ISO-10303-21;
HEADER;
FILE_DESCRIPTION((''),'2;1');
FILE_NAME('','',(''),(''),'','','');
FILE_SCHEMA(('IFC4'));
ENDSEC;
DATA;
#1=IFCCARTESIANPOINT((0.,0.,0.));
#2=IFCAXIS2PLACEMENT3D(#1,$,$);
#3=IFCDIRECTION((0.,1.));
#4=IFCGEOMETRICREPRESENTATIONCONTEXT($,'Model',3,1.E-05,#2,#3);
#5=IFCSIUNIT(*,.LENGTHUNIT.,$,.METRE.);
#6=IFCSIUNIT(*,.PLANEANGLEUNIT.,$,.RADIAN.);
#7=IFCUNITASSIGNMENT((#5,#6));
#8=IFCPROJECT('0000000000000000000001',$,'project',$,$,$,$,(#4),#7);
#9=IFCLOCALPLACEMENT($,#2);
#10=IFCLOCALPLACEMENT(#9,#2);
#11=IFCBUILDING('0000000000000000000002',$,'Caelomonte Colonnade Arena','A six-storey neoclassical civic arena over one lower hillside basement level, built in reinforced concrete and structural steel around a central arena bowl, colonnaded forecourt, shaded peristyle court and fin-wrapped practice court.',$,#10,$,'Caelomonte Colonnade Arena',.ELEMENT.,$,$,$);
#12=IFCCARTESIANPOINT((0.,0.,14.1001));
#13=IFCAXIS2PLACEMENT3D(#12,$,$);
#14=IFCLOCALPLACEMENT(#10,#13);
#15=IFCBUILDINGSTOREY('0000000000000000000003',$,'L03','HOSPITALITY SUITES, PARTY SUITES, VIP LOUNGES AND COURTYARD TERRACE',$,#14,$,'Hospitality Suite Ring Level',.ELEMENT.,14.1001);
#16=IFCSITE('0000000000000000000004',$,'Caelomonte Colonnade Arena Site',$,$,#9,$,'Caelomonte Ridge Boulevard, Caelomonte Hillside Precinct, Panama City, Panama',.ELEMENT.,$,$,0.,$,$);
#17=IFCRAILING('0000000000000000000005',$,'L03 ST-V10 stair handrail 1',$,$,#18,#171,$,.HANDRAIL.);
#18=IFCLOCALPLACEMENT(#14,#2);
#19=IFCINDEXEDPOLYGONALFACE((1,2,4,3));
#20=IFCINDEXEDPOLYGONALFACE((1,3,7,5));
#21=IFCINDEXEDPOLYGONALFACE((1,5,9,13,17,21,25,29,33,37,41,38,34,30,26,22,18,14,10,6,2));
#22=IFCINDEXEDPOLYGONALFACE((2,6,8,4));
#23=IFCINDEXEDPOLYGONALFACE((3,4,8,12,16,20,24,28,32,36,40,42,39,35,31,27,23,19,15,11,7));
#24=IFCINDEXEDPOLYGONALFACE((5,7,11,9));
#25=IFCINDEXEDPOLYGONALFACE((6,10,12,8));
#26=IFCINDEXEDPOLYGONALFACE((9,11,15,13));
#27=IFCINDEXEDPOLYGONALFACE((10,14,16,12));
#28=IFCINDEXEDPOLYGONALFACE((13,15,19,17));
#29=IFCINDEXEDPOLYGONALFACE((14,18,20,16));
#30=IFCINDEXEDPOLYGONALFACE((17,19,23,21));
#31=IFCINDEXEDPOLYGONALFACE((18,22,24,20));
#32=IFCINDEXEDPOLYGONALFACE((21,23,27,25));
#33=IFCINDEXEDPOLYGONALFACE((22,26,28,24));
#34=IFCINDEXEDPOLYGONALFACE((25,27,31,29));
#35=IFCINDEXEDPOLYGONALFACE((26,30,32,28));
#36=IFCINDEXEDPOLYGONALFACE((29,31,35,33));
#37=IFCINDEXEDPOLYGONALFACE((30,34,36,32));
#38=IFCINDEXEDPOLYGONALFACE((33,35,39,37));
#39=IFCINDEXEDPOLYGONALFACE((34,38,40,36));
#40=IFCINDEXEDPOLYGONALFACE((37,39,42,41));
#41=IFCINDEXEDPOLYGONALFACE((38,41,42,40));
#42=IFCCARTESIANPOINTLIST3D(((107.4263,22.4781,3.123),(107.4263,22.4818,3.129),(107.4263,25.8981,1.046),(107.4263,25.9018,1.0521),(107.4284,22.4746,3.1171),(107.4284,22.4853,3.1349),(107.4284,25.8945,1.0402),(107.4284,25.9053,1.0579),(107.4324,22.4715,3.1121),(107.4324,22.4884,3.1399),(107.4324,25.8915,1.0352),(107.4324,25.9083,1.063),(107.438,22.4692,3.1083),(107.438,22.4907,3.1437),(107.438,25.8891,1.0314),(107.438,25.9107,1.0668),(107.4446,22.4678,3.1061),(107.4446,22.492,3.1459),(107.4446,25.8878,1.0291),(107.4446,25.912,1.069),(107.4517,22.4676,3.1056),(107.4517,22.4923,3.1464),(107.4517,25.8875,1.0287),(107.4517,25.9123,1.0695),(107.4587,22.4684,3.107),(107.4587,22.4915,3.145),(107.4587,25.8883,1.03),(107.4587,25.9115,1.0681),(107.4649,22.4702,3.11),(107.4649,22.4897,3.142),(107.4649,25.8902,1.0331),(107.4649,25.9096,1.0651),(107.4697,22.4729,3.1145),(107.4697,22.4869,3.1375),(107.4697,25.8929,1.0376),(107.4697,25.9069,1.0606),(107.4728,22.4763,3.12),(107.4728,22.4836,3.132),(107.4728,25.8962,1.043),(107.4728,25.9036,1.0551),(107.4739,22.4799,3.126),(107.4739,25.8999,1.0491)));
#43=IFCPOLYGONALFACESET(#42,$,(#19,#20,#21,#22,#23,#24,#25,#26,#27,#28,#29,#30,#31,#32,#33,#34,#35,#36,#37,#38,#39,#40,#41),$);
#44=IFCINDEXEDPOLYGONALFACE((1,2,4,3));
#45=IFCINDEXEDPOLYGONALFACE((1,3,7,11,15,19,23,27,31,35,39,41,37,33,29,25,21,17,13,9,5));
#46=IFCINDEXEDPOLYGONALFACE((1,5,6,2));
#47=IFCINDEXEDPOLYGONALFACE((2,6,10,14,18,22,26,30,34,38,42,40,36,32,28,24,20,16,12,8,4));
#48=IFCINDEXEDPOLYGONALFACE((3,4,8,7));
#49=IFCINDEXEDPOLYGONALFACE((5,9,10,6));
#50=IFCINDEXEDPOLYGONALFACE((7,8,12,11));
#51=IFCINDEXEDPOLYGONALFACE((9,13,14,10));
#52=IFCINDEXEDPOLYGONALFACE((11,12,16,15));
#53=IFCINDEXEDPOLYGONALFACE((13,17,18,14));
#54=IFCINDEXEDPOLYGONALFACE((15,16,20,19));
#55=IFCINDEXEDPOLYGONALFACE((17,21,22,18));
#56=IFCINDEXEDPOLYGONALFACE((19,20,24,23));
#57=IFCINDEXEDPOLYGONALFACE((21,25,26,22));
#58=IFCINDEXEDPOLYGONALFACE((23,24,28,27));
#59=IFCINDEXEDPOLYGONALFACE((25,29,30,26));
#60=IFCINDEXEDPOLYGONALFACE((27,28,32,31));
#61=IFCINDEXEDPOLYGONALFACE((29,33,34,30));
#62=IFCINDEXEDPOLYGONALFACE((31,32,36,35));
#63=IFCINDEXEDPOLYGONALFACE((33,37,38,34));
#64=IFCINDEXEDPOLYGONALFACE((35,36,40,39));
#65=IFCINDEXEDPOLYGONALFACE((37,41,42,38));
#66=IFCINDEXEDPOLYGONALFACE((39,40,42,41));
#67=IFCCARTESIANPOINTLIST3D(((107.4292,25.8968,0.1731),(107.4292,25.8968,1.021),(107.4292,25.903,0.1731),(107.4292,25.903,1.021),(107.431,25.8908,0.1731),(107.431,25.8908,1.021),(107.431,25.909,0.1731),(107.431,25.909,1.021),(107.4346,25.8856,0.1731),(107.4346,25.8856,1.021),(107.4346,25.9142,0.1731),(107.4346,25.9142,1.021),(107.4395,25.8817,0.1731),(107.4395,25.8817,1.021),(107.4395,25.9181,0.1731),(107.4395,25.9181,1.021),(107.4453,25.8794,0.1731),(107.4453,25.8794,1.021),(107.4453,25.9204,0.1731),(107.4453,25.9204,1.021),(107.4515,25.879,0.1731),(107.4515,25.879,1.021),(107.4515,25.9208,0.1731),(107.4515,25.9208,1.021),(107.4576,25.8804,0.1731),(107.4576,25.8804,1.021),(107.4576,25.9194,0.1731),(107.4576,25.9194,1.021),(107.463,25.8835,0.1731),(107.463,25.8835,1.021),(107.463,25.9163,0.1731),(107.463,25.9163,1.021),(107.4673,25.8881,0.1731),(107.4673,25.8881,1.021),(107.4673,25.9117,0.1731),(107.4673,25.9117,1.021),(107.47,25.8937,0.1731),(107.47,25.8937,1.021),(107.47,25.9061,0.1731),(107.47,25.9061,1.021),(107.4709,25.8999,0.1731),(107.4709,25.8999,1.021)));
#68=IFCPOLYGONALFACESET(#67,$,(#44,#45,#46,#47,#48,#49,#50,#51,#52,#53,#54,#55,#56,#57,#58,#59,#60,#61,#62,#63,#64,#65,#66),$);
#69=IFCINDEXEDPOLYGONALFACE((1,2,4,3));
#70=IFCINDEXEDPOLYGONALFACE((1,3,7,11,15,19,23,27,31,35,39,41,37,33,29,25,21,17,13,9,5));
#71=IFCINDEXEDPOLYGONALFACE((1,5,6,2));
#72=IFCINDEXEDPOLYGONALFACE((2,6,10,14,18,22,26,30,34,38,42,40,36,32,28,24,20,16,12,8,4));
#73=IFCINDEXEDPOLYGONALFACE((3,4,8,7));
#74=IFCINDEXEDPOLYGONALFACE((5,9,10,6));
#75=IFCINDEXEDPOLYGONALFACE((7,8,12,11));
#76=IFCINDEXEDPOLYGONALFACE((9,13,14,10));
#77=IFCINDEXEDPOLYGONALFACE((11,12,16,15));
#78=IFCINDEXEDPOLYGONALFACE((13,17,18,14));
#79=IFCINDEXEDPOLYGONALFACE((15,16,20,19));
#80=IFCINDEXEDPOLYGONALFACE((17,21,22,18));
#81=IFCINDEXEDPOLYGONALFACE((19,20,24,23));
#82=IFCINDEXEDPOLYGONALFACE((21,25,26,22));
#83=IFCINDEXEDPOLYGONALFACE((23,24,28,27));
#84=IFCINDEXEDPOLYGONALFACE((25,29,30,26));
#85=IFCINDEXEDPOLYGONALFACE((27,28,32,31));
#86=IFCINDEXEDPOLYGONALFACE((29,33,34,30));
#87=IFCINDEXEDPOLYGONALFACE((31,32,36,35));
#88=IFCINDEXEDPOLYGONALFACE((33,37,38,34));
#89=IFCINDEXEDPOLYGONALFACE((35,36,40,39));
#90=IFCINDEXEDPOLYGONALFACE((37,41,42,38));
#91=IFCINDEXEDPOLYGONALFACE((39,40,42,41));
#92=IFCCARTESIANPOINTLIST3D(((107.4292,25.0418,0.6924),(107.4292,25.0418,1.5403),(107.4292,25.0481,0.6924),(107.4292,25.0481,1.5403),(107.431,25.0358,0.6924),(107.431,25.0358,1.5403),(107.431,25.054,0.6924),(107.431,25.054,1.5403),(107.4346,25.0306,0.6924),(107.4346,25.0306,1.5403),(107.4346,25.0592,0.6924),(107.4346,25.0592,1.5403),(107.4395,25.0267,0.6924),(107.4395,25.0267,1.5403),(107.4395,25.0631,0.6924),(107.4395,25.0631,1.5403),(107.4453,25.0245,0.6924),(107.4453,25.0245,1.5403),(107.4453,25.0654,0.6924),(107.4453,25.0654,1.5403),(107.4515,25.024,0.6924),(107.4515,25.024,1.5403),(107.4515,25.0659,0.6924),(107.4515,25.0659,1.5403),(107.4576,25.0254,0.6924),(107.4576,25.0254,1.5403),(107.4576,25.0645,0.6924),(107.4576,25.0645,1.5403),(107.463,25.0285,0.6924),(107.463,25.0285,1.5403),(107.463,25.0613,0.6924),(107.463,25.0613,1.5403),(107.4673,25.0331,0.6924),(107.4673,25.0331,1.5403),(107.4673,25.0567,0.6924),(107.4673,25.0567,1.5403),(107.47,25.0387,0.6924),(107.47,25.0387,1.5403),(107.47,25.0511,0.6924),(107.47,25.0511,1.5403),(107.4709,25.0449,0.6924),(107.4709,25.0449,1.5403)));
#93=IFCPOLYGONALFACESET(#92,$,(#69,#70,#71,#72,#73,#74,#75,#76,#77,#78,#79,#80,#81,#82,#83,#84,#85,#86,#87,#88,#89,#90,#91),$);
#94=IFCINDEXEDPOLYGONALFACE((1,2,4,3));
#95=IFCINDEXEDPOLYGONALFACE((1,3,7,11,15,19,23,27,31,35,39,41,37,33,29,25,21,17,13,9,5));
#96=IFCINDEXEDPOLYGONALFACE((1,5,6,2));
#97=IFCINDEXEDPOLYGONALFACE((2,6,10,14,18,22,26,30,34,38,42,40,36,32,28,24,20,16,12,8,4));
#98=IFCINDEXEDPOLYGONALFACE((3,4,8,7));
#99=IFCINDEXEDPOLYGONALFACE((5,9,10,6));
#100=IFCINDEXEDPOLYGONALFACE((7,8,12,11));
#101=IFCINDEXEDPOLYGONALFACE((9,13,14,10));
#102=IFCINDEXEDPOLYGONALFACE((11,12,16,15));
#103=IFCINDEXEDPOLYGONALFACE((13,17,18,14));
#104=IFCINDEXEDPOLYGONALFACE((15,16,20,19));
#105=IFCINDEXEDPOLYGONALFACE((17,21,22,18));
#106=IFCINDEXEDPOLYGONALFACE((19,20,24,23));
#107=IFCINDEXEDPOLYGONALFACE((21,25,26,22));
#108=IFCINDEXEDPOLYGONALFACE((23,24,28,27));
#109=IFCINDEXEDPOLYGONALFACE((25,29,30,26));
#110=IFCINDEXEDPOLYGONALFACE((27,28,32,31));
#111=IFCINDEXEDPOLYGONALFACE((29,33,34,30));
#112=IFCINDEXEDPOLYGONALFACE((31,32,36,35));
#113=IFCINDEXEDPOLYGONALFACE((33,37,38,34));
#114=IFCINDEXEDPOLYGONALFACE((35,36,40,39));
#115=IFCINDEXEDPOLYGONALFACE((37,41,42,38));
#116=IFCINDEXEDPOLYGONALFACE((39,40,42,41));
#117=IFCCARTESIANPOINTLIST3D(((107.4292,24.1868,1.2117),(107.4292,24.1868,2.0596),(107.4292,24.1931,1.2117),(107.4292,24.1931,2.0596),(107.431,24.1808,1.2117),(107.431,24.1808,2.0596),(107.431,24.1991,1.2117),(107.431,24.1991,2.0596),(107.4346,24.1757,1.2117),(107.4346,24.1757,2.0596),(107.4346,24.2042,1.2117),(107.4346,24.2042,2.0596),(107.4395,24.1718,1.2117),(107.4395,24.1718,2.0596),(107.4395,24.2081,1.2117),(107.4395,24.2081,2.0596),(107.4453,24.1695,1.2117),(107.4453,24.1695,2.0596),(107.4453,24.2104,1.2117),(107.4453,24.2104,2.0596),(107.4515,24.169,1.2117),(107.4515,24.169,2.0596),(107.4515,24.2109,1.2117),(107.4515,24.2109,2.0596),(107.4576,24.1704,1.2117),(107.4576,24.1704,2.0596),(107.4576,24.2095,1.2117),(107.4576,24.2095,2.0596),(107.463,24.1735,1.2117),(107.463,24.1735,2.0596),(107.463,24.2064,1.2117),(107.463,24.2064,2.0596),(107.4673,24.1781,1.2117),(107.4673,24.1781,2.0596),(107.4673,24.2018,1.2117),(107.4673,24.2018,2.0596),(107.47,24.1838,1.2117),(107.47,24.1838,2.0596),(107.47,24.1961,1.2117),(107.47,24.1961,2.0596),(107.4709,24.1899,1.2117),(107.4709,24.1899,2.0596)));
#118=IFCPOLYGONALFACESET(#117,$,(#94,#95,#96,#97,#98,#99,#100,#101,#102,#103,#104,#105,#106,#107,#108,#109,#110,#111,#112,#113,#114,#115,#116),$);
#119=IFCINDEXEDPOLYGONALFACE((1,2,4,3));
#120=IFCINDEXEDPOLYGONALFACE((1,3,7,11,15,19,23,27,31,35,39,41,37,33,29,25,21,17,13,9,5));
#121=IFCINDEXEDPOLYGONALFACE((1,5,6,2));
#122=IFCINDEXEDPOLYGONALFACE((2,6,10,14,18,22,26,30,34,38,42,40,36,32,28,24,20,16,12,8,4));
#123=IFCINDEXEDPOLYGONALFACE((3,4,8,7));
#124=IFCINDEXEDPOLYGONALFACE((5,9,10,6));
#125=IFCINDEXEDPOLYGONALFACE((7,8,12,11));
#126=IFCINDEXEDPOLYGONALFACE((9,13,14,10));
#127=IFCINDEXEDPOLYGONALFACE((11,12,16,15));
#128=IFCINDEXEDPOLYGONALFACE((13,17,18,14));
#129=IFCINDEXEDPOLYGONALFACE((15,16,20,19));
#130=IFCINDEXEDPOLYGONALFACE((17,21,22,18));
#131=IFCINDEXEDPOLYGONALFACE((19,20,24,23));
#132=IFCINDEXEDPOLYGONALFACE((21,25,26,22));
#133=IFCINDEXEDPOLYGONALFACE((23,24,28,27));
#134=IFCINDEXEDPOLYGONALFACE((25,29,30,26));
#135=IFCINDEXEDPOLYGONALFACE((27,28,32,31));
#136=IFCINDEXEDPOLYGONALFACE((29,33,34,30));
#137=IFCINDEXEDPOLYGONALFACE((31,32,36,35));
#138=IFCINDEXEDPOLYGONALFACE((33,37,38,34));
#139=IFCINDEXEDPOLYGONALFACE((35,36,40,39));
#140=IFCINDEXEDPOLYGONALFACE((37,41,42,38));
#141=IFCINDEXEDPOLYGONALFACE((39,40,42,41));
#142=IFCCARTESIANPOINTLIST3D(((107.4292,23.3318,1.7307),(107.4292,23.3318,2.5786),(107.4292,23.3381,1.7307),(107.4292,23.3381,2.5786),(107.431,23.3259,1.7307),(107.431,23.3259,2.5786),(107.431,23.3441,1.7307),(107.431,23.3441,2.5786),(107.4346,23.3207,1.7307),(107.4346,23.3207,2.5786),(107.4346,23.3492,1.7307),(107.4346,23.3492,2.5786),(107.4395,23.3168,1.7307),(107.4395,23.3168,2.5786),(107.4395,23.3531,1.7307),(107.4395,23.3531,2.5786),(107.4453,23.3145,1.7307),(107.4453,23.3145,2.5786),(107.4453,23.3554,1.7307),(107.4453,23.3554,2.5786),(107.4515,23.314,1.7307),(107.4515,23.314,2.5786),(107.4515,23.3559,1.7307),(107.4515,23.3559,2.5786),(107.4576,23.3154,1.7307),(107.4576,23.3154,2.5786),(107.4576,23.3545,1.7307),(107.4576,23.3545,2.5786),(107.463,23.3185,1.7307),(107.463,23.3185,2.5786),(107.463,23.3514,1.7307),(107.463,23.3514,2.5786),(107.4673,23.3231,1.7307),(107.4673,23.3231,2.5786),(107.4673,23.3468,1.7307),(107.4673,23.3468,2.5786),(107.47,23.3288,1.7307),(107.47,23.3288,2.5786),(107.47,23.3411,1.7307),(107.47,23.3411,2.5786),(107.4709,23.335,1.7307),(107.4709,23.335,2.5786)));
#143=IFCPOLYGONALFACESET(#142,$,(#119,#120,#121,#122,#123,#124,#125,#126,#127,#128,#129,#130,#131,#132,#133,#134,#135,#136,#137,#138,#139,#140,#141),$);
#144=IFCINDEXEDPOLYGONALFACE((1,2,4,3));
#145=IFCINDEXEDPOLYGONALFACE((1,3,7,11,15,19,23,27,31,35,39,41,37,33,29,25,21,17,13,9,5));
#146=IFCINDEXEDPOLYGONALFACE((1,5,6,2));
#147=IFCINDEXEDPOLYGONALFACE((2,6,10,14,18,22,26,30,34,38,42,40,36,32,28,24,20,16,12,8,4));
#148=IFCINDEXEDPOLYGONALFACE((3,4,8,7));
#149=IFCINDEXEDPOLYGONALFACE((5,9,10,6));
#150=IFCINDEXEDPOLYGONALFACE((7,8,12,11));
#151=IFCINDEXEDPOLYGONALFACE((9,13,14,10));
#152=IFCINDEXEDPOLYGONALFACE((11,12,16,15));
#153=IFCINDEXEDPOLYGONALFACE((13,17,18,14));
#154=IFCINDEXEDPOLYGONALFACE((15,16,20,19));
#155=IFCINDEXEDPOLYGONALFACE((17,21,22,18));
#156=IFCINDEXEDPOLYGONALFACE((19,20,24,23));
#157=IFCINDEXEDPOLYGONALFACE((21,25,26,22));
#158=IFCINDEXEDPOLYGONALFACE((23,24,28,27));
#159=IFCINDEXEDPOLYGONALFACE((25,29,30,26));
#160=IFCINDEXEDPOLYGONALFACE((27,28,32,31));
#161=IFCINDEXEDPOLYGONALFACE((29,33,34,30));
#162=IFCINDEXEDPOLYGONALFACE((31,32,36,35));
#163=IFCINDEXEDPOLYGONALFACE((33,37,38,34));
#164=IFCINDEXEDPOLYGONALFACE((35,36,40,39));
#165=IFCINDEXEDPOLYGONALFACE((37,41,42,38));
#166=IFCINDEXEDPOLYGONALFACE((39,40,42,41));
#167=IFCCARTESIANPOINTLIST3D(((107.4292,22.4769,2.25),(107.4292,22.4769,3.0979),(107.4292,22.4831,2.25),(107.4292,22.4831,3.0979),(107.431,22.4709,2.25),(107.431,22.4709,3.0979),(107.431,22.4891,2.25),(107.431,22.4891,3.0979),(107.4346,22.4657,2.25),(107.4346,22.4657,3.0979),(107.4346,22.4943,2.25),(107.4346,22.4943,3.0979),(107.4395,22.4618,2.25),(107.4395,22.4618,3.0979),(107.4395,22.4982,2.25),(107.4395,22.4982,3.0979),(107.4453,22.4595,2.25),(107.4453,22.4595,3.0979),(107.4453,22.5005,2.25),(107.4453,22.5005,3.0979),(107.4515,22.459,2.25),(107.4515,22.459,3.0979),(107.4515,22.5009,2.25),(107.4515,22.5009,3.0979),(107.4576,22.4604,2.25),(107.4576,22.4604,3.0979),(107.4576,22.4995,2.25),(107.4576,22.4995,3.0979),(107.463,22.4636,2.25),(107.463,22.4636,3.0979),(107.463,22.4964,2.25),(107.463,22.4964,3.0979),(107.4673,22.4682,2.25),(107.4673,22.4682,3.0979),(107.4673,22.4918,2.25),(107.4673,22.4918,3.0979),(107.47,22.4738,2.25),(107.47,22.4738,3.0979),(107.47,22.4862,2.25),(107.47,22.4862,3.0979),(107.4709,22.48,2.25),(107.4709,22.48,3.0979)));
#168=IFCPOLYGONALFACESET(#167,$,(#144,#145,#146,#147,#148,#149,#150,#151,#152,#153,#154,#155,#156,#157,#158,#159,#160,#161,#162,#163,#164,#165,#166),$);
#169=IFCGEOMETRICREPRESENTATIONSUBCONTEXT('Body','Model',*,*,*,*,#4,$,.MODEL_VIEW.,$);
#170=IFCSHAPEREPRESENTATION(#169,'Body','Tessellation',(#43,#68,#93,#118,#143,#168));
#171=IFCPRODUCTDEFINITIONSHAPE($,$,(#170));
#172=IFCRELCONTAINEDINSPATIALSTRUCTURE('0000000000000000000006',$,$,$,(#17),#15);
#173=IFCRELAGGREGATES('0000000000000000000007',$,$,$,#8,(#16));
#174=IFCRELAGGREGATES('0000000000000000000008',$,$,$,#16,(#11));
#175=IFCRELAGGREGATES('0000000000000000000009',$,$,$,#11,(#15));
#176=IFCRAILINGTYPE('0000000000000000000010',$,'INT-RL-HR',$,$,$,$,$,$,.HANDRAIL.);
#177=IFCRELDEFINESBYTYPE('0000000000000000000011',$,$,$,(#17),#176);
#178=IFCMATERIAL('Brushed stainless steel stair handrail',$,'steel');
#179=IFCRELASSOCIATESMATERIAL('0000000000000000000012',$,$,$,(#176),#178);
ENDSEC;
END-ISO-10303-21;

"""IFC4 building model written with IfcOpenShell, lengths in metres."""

from ifc_helpers import new_model, si_unit, direction, frame, origin, origin_2d, place, context, subcontext, project, spatial, circle, extrude, material, type_object, element, save


model = new_model("IFC4")

# Units and contexts
model_context = context("Model", 3, precision=1e-05, world=origin(), true_north=direction((0.0, 1.0)))
body_context = subcontext(model_context, "Body", "Model", "MODEL_VIEW")
ifc_project = project(units=[si_unit("LENGTHUNIT", "METRE"), si_unit("PLANEANGLEUNIT", "RADIAN")], contexts=[model_context])

# Site, building, storey
site_placement = place(None, origin())
site = spatial("IfcSite", under=ifc_project, at=site_placement, Name="Caelomonte Colonnade Arena Site", LongName="Caelomonte Ridge Boulevard, Caelomonte Hillside Precinct, Panama City, Panama", CompositionType="ELEMENT", RefElevation=0.0)
building_placement = place(site_placement, origin())
building = spatial("IfcBuilding", under=site, at=building_placement, Name="Caelomonte Colonnade Arena", Description="A six-storey neoclassical civic arena over one lower hillside basement level, built in reinforced concrete and structural steel around a central arena bowl, colonnaded forecourt, shaded peristyle court and fin-wrapped practice court.", LongName="Caelomonte Colonnade Arena", CompositionType="ELEMENT")
storey_placement = place(building_placement, frame((0.0, 0.0, 14.1001)))
storey = spatial("IfcBuildingStorey", under=building, at=storey_placement, Name="L03", Description="HOSPITALITY SUITES, PARTY SUITES, VIP LOUNGES AND COURTYARD TERRACE", LongName="Hospitality Suite Ring Level", CompositionType="ELEMENT", Elevation=14.1001)

# Railing
ifc_material_1 = material(Name="Brushed stainless steel stair handrail", Category="steel")
railing_type = type_object("IfcRailingType", Name="INT-RL-HR", PredefinedType="HANDRAIL", material=ifc_material_1)
railing_placement = place(storey_placement, frame((107.45, 25.8999, 0.1731)))
element("IfcRailing", 1, at=railing_placement, inside=storey, type_object=railing_type, Name="L03 ST-V10 stair handrail 1", PredefinedType="HANDRAIL", context=body_context, shape_type="SweptSolid", body=[
    extrude(circle(Radius=0.0239, at=origin_2d()), frame((0.0, 0.0, 0.876), z_axis=(0.0, -0.85473, 0.519074), x_axis=(1.0, 0.0, 0.0)), (0.0, 0.0, 1.0), 4.0012),
    extrude(circle(Radius=0.021, at=origin_2d()), origin(), (0.0, 0.0, 1.0), 0.8479),
    extrude(circle(Radius=0.021, at=origin_2d()), frame((0.0, -0.855, 0.5193)), (0.0, 0.0, 1.0), 0.8479),
    extrude(circle(Radius=0.021, at=origin_2d()), frame((0.0, -1.71, 1.0386)), (0.0, 0.0, 1.0), 0.8479),
    extrude(circle(Radius=0.021, at=origin_2d()), frame((0.0, -2.5649, 1.5576)), (0.0, 0.0, 1.0), 0.8479),
    extrude(circle(Radius=0.021, at=origin_2d()), frame((0.0, -3.4199, 2.0769)), (0.0, 0.0, 1.0), 0.8479),
])

save(model, "model.ifc")
